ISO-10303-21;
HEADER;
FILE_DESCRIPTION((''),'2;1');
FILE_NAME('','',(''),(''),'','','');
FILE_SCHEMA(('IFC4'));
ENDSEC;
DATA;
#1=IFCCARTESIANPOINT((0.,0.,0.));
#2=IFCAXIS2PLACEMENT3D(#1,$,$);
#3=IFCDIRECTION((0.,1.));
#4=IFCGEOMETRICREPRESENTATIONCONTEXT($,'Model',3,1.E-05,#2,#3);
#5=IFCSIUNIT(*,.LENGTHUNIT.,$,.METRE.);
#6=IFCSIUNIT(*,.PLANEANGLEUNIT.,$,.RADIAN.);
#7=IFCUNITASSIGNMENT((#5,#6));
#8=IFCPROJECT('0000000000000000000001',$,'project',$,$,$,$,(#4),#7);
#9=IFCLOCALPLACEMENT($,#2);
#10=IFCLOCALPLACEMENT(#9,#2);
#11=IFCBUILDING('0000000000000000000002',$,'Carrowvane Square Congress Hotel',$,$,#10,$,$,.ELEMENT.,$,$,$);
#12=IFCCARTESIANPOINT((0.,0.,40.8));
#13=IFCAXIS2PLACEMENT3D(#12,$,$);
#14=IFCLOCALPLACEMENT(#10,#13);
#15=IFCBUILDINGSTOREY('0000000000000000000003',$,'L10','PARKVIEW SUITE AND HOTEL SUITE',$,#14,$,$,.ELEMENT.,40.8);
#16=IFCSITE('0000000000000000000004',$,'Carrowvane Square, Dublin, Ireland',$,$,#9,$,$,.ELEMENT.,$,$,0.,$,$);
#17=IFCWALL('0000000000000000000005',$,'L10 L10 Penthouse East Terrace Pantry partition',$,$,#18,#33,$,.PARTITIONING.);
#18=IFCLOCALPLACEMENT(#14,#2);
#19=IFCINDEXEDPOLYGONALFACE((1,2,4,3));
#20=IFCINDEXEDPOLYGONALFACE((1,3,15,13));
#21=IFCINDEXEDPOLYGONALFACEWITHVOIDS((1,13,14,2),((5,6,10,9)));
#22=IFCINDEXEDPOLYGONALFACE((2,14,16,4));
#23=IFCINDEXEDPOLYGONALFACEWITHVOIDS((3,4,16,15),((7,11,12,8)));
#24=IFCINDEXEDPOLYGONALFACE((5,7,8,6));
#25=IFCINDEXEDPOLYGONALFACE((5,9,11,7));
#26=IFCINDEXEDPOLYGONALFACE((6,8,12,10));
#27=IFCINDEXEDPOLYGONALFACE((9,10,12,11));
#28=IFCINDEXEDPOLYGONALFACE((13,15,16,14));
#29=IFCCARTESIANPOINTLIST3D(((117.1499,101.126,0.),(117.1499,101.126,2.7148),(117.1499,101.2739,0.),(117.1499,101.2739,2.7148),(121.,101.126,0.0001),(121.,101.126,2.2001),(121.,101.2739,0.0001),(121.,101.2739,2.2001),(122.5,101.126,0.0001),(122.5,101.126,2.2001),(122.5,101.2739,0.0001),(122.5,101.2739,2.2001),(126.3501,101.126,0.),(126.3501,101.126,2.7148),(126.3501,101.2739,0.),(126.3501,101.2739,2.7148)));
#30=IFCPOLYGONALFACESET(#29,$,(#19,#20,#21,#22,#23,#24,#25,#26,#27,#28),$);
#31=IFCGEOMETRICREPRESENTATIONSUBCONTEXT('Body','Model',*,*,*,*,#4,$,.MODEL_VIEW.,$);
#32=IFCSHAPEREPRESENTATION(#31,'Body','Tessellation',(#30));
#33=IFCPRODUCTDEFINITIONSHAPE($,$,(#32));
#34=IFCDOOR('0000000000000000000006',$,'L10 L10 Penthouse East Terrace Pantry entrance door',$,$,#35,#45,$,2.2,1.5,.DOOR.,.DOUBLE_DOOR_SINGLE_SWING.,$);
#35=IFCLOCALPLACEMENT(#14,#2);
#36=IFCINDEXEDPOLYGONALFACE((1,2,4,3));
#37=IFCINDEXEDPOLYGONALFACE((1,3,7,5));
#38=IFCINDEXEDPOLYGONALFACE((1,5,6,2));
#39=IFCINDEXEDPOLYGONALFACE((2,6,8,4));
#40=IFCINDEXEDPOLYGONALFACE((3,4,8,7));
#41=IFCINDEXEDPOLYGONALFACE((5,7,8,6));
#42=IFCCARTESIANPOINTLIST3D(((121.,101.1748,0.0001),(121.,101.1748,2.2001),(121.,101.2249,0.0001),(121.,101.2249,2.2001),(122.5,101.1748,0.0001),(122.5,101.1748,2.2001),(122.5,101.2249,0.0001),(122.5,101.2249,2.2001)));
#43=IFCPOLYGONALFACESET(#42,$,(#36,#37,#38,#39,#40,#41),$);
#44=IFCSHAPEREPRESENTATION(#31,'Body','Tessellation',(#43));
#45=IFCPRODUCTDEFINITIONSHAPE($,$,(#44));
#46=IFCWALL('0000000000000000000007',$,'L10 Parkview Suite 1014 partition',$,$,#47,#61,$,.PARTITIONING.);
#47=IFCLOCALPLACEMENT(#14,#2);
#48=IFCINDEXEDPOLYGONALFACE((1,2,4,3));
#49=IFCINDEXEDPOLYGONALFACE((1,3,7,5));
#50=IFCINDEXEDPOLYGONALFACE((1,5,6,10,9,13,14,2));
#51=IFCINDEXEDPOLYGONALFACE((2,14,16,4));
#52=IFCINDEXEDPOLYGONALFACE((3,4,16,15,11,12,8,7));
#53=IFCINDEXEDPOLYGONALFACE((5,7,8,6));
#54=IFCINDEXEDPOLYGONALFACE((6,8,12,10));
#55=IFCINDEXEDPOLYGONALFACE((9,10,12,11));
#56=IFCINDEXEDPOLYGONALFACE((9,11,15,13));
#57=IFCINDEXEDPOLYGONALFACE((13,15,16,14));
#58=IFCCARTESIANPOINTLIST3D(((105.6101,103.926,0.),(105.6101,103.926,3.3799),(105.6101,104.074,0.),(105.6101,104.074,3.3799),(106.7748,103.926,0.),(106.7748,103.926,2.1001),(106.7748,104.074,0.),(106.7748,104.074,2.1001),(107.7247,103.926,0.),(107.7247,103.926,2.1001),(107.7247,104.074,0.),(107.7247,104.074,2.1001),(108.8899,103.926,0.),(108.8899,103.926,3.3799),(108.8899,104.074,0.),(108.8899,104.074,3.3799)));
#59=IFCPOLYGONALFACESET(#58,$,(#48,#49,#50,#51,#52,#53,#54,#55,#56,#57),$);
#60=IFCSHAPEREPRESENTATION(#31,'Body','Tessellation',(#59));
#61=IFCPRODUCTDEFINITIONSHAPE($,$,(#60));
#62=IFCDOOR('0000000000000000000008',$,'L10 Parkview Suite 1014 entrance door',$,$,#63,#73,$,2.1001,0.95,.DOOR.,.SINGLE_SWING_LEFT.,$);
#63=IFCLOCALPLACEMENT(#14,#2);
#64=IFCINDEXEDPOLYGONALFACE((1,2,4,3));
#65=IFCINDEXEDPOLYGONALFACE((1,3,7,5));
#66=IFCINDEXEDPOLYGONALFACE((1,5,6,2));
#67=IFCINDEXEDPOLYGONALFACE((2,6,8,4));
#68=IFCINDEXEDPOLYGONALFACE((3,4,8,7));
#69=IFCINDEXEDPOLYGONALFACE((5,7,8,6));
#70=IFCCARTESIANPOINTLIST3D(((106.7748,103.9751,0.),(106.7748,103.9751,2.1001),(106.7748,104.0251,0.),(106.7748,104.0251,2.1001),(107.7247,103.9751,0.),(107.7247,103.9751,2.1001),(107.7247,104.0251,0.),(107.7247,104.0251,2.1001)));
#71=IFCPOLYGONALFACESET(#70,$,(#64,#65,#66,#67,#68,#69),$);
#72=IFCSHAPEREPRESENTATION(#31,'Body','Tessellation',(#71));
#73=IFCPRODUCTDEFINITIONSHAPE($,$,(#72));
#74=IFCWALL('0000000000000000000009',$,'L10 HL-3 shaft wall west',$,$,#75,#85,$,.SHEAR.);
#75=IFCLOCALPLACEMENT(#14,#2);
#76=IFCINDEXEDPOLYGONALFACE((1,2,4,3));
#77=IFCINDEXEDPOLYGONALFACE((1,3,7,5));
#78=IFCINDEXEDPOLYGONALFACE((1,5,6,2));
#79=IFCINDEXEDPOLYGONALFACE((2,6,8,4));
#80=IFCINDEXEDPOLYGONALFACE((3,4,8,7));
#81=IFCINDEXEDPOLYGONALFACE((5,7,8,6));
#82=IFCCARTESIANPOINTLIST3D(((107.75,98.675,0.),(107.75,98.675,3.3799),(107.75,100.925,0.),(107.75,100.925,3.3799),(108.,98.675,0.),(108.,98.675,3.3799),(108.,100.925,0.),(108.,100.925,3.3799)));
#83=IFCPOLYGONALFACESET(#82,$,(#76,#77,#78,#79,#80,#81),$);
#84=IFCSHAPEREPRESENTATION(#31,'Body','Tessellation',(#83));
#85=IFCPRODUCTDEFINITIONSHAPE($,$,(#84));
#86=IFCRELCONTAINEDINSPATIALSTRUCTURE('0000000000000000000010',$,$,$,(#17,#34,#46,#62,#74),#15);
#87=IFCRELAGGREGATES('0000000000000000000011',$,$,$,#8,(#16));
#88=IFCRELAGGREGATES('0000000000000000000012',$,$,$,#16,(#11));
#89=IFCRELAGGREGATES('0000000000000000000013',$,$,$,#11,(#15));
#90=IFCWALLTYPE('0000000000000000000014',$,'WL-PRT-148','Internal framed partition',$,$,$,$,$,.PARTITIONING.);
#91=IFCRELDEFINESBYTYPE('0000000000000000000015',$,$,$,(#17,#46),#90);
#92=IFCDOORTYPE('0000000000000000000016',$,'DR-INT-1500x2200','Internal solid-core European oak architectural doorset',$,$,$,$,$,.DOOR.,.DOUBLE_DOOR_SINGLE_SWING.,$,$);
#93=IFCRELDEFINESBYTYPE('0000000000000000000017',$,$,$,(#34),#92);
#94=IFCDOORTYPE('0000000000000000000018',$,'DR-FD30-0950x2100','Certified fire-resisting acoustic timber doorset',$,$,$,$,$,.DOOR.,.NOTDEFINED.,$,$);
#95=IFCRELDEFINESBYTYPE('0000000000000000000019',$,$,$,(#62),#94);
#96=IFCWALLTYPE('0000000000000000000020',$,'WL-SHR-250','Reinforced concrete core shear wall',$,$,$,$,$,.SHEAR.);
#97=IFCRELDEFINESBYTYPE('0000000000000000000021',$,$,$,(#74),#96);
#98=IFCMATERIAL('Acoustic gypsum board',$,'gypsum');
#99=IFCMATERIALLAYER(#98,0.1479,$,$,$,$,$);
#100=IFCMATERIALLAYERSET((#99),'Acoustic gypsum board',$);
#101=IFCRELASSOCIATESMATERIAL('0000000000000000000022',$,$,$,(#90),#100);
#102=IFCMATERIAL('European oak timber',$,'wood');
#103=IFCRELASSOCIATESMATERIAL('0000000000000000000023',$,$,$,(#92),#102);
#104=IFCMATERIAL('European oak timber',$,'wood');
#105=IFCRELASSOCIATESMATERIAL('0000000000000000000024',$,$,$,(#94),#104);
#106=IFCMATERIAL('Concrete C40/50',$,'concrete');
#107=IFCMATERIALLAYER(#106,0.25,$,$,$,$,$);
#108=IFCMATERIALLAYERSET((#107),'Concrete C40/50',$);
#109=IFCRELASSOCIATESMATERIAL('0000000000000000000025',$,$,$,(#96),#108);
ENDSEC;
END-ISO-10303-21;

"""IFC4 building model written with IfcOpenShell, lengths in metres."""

from ifc_helpers import new_model, si_unit, direction, frame, frame_2d, origin, place, context, subcontext, project, spatial, rectangle, extrude, material, layer, layer_set, type_object, element, fill, save


model = new_model("IFC4")

# Units and contexts
model_context = context("Model", 3, precision=1e-05, world=origin(), true_north=direction((0.0, 1.0)))
body_context = subcontext(model_context, "Body", "Model", "MODEL_VIEW")
ifc_project = project(units=[si_unit("LENGTHUNIT", "METRE"), si_unit("PLANEANGLEUNIT", "RADIAN")], contexts=[model_context])

# Site, building, storey
site_placement = place(None, origin())
site = spatial("IfcSite", under=ifc_project, at=site_placement, Name="Carrowvane Square, Dublin, Ireland", CompositionType="ELEMENT", RefElevation=0.0)
building_placement = place(site_placement, origin())
building = spatial("IfcBuilding", under=site, at=building_placement, Name="Carrowvane Square Congress Hotel", CompositionType="ELEMENT")
storey_placement = place(building_placement, frame((0.0, 0.0, 40.8)))
storey = spatial("IfcBuildingStorey", under=building, at=storey_placement, Name="L10", Description="PARKVIEW SUITE AND HOTEL SUITE", CompositionType="ELEMENT", Elevation=40.8)

# Walls, openings, doors
ifc_material_1 = material(Name="Acoustic gypsum board", Category="gypsum")
ifc_layer_1 = layer(ifc_material_1, 0.1479)
ifc_layer_set_1 = layer_set([ifc_layer_1], Name="Acoustic gypsum board")
wall_type_1 = type_object("IfcWallType", Name="WL-PRT-148", Description="Internal framed partition", PredefinedType="PARTITIONING", material=ifc_layer_set_1)
wall_1_placement = place(storey_placement, frame((117.1499, 101.2, 0.0), z_axis=(0.0, 0.0, 1.0), x_axis=(1.0, 0.0, 0.0)))
wall_1 = element("IfcWall", 1, at=wall_1_placement, inside=storey, type_object=wall_type_1, Name="L10 L10 Penthouse East Terrace Pantry partition", PredefinedType="PARTITIONING", context=body_context, shape_type="SweptSolid", body=[
    extrude(rectangle(XDim=9.2002, YDim=0.1479, at=frame_2d((4.6001, 0.0))), origin(), (0.0, 0.0, 1.0), 2.7148),
])
opening_1_placement = place(wall_1_placement, frame((3.8501, 0.0, 0.0)))
opening_1 = element("IfcOpeningElement", 2, at=opening_1_placement, cuts=wall_1, PredefinedType="OPENING", context=body_context, shape_type="SweptSolid", body=[
    extrude(rectangle(XDim=1.5, YDim=2.2, at=frame_2d((0.75, 1.1001))), frame((0.0, 0.084, 0.0), z_axis=(0.0, -1.0, 0.0), x_axis=(1.0, 0.0, 0.0)), (0.0, 0.0, 1.0), 0.168),
])
ifc_material_2 = material(Name="European oak timber", Category="wood")
door_type_1 = type_object("IfcDoorType", Name="DR-INT-1500x2200", Description="Internal solid-core European oak architectural doorset", OperationType="DOUBLE_DOOR_SINGLE_SWING", PredefinedType="DOOR", material=ifc_material_2)
door_1_placement = place(opening_1_placement, origin())
door_1 = element("IfcDoor", 3, at=door_1_placement, inside=storey, type_object=door_type_1, Name="L10 L10 Penthouse East Terrace Pantry entrance door", OperationType="DOUBLE_DOOR_SINGLE_SWING", OverallHeight=2.2, OverallWidth=1.5, PredefinedType="DOOR", context=body_context, shape_type="SweptSolid", body=[
    extrude(rectangle(XDim=1.5, YDim=2.2, at=frame_2d((0.75, 1.1001))), frame((0.0, 0.0249, 0.0), z_axis=(0.0, -1.0, 0.0), x_axis=(1.0, 0.0, 0.0)), (0.0, 0.0, 1.0), 0.05),
])
fill(opening_1, door_1)
wall_2_placement = place(storey_placement, frame((108.8899, 104.0, 0.0), z_axis=(0.0, 0.0, 1.0), x_axis=(-1.0, 0.0, 0.0)))
wall_2 = element("IfcWall", 4, at=wall_2_placement, inside=storey, type_object=wall_type_1, Name="L10 Parkview Suite 1014 partition", PredefinedType="PARTITIONING", context=body_context, shape_type="SweptSolid", body=[
    extrude(rectangle(XDim=3.2798, YDim=0.1479, at=frame_2d((1.6399, 0.0))), origin(), (0.0, 0.0, 1.0), 3.3799),
])
opening_2_placement = place(wall_2_placement, frame((1.165, 0.0, 0.0)))
opening_2 = element("IfcOpeningElement", 5, at=opening_2_placement, cuts=wall_2, PredefinedType="OPENING", context=body_context, shape_type="SweptSolid", body=[
    extrude(rectangle(XDim=0.95, YDim=2.1001, at=frame_2d((0.4751, 1.05))), frame((0.0, 0.084, 0.0), z_axis=(0.0, -1.0, 0.0), x_axis=(1.0, 0.0, 0.0)), (0.0, 0.0, 1.0), 0.168),
])
ifc_material_3 = material(Name="European oak timber", Category="wood")
door_type_2 = type_object("IfcDoorType", Name="DR-FD30-0950x2100", Description="Certified fire-resisting acoustic timber doorset", OperationType="NOTDEFINED", PredefinedType="DOOR", material=ifc_material_3)
door_2_placement = place(opening_2_placement, origin())
door_2 = element("IfcDoor", 6, at=door_2_placement, inside=storey, type_object=door_type_2, Name="L10 Parkview Suite 1014 entrance door", OperationType="SINGLE_SWING_LEFT", OverallHeight=2.1001, OverallWidth=0.95, PredefinedType="DOOR", context=body_context, shape_type="SweptSolid", body=[
    extrude(rectangle(XDim=0.95, YDim=2.1001, at=frame_2d((0.4751, 1.05))), frame((0.0, 0.0249, 0.0), z_axis=(0.0, -1.0, 0.0), x_axis=(1.0, 0.0, 0.0)), (0.0, 0.0, 1.0), 0.05),
])
fill(opening_2, door_2)
ifc_material_4 = material(Name="Concrete C40/50", Category="concrete")
ifc_layer_2 = layer(ifc_material_4, 0.25)
ifc_layer_set_2 = layer_set([ifc_layer_2], Name="Concrete C40/50")
wall_type_2 = type_object("IfcWallType", Name="WL-SHR-250", Description="Reinforced concrete core shear wall", PredefinedType="SHEAR", material=ifc_layer_set_2)

# Wall
wall_3_placement = place(storey_placement, frame((107.875, 100.925, 0.0), z_axis=(0.0, 0.0, 1.0), x_axis=(0.0, -1.0, 0.0)))
element("IfcWall", 7, at=wall_3_placement, inside=storey, type_object=wall_type_2, Name="L10 HL-3 shaft wall west", PredefinedType="SHEAR", context=body_context, shape_type="SweptSolid", body=[
    extrude(rectangle(XDim=2.25, YDim=0.25, at=frame_2d((1.125, 0.0))), origin(), (0.0, 0.0, 1.0), 3.3799),
])

save(model, "model.ifc")
